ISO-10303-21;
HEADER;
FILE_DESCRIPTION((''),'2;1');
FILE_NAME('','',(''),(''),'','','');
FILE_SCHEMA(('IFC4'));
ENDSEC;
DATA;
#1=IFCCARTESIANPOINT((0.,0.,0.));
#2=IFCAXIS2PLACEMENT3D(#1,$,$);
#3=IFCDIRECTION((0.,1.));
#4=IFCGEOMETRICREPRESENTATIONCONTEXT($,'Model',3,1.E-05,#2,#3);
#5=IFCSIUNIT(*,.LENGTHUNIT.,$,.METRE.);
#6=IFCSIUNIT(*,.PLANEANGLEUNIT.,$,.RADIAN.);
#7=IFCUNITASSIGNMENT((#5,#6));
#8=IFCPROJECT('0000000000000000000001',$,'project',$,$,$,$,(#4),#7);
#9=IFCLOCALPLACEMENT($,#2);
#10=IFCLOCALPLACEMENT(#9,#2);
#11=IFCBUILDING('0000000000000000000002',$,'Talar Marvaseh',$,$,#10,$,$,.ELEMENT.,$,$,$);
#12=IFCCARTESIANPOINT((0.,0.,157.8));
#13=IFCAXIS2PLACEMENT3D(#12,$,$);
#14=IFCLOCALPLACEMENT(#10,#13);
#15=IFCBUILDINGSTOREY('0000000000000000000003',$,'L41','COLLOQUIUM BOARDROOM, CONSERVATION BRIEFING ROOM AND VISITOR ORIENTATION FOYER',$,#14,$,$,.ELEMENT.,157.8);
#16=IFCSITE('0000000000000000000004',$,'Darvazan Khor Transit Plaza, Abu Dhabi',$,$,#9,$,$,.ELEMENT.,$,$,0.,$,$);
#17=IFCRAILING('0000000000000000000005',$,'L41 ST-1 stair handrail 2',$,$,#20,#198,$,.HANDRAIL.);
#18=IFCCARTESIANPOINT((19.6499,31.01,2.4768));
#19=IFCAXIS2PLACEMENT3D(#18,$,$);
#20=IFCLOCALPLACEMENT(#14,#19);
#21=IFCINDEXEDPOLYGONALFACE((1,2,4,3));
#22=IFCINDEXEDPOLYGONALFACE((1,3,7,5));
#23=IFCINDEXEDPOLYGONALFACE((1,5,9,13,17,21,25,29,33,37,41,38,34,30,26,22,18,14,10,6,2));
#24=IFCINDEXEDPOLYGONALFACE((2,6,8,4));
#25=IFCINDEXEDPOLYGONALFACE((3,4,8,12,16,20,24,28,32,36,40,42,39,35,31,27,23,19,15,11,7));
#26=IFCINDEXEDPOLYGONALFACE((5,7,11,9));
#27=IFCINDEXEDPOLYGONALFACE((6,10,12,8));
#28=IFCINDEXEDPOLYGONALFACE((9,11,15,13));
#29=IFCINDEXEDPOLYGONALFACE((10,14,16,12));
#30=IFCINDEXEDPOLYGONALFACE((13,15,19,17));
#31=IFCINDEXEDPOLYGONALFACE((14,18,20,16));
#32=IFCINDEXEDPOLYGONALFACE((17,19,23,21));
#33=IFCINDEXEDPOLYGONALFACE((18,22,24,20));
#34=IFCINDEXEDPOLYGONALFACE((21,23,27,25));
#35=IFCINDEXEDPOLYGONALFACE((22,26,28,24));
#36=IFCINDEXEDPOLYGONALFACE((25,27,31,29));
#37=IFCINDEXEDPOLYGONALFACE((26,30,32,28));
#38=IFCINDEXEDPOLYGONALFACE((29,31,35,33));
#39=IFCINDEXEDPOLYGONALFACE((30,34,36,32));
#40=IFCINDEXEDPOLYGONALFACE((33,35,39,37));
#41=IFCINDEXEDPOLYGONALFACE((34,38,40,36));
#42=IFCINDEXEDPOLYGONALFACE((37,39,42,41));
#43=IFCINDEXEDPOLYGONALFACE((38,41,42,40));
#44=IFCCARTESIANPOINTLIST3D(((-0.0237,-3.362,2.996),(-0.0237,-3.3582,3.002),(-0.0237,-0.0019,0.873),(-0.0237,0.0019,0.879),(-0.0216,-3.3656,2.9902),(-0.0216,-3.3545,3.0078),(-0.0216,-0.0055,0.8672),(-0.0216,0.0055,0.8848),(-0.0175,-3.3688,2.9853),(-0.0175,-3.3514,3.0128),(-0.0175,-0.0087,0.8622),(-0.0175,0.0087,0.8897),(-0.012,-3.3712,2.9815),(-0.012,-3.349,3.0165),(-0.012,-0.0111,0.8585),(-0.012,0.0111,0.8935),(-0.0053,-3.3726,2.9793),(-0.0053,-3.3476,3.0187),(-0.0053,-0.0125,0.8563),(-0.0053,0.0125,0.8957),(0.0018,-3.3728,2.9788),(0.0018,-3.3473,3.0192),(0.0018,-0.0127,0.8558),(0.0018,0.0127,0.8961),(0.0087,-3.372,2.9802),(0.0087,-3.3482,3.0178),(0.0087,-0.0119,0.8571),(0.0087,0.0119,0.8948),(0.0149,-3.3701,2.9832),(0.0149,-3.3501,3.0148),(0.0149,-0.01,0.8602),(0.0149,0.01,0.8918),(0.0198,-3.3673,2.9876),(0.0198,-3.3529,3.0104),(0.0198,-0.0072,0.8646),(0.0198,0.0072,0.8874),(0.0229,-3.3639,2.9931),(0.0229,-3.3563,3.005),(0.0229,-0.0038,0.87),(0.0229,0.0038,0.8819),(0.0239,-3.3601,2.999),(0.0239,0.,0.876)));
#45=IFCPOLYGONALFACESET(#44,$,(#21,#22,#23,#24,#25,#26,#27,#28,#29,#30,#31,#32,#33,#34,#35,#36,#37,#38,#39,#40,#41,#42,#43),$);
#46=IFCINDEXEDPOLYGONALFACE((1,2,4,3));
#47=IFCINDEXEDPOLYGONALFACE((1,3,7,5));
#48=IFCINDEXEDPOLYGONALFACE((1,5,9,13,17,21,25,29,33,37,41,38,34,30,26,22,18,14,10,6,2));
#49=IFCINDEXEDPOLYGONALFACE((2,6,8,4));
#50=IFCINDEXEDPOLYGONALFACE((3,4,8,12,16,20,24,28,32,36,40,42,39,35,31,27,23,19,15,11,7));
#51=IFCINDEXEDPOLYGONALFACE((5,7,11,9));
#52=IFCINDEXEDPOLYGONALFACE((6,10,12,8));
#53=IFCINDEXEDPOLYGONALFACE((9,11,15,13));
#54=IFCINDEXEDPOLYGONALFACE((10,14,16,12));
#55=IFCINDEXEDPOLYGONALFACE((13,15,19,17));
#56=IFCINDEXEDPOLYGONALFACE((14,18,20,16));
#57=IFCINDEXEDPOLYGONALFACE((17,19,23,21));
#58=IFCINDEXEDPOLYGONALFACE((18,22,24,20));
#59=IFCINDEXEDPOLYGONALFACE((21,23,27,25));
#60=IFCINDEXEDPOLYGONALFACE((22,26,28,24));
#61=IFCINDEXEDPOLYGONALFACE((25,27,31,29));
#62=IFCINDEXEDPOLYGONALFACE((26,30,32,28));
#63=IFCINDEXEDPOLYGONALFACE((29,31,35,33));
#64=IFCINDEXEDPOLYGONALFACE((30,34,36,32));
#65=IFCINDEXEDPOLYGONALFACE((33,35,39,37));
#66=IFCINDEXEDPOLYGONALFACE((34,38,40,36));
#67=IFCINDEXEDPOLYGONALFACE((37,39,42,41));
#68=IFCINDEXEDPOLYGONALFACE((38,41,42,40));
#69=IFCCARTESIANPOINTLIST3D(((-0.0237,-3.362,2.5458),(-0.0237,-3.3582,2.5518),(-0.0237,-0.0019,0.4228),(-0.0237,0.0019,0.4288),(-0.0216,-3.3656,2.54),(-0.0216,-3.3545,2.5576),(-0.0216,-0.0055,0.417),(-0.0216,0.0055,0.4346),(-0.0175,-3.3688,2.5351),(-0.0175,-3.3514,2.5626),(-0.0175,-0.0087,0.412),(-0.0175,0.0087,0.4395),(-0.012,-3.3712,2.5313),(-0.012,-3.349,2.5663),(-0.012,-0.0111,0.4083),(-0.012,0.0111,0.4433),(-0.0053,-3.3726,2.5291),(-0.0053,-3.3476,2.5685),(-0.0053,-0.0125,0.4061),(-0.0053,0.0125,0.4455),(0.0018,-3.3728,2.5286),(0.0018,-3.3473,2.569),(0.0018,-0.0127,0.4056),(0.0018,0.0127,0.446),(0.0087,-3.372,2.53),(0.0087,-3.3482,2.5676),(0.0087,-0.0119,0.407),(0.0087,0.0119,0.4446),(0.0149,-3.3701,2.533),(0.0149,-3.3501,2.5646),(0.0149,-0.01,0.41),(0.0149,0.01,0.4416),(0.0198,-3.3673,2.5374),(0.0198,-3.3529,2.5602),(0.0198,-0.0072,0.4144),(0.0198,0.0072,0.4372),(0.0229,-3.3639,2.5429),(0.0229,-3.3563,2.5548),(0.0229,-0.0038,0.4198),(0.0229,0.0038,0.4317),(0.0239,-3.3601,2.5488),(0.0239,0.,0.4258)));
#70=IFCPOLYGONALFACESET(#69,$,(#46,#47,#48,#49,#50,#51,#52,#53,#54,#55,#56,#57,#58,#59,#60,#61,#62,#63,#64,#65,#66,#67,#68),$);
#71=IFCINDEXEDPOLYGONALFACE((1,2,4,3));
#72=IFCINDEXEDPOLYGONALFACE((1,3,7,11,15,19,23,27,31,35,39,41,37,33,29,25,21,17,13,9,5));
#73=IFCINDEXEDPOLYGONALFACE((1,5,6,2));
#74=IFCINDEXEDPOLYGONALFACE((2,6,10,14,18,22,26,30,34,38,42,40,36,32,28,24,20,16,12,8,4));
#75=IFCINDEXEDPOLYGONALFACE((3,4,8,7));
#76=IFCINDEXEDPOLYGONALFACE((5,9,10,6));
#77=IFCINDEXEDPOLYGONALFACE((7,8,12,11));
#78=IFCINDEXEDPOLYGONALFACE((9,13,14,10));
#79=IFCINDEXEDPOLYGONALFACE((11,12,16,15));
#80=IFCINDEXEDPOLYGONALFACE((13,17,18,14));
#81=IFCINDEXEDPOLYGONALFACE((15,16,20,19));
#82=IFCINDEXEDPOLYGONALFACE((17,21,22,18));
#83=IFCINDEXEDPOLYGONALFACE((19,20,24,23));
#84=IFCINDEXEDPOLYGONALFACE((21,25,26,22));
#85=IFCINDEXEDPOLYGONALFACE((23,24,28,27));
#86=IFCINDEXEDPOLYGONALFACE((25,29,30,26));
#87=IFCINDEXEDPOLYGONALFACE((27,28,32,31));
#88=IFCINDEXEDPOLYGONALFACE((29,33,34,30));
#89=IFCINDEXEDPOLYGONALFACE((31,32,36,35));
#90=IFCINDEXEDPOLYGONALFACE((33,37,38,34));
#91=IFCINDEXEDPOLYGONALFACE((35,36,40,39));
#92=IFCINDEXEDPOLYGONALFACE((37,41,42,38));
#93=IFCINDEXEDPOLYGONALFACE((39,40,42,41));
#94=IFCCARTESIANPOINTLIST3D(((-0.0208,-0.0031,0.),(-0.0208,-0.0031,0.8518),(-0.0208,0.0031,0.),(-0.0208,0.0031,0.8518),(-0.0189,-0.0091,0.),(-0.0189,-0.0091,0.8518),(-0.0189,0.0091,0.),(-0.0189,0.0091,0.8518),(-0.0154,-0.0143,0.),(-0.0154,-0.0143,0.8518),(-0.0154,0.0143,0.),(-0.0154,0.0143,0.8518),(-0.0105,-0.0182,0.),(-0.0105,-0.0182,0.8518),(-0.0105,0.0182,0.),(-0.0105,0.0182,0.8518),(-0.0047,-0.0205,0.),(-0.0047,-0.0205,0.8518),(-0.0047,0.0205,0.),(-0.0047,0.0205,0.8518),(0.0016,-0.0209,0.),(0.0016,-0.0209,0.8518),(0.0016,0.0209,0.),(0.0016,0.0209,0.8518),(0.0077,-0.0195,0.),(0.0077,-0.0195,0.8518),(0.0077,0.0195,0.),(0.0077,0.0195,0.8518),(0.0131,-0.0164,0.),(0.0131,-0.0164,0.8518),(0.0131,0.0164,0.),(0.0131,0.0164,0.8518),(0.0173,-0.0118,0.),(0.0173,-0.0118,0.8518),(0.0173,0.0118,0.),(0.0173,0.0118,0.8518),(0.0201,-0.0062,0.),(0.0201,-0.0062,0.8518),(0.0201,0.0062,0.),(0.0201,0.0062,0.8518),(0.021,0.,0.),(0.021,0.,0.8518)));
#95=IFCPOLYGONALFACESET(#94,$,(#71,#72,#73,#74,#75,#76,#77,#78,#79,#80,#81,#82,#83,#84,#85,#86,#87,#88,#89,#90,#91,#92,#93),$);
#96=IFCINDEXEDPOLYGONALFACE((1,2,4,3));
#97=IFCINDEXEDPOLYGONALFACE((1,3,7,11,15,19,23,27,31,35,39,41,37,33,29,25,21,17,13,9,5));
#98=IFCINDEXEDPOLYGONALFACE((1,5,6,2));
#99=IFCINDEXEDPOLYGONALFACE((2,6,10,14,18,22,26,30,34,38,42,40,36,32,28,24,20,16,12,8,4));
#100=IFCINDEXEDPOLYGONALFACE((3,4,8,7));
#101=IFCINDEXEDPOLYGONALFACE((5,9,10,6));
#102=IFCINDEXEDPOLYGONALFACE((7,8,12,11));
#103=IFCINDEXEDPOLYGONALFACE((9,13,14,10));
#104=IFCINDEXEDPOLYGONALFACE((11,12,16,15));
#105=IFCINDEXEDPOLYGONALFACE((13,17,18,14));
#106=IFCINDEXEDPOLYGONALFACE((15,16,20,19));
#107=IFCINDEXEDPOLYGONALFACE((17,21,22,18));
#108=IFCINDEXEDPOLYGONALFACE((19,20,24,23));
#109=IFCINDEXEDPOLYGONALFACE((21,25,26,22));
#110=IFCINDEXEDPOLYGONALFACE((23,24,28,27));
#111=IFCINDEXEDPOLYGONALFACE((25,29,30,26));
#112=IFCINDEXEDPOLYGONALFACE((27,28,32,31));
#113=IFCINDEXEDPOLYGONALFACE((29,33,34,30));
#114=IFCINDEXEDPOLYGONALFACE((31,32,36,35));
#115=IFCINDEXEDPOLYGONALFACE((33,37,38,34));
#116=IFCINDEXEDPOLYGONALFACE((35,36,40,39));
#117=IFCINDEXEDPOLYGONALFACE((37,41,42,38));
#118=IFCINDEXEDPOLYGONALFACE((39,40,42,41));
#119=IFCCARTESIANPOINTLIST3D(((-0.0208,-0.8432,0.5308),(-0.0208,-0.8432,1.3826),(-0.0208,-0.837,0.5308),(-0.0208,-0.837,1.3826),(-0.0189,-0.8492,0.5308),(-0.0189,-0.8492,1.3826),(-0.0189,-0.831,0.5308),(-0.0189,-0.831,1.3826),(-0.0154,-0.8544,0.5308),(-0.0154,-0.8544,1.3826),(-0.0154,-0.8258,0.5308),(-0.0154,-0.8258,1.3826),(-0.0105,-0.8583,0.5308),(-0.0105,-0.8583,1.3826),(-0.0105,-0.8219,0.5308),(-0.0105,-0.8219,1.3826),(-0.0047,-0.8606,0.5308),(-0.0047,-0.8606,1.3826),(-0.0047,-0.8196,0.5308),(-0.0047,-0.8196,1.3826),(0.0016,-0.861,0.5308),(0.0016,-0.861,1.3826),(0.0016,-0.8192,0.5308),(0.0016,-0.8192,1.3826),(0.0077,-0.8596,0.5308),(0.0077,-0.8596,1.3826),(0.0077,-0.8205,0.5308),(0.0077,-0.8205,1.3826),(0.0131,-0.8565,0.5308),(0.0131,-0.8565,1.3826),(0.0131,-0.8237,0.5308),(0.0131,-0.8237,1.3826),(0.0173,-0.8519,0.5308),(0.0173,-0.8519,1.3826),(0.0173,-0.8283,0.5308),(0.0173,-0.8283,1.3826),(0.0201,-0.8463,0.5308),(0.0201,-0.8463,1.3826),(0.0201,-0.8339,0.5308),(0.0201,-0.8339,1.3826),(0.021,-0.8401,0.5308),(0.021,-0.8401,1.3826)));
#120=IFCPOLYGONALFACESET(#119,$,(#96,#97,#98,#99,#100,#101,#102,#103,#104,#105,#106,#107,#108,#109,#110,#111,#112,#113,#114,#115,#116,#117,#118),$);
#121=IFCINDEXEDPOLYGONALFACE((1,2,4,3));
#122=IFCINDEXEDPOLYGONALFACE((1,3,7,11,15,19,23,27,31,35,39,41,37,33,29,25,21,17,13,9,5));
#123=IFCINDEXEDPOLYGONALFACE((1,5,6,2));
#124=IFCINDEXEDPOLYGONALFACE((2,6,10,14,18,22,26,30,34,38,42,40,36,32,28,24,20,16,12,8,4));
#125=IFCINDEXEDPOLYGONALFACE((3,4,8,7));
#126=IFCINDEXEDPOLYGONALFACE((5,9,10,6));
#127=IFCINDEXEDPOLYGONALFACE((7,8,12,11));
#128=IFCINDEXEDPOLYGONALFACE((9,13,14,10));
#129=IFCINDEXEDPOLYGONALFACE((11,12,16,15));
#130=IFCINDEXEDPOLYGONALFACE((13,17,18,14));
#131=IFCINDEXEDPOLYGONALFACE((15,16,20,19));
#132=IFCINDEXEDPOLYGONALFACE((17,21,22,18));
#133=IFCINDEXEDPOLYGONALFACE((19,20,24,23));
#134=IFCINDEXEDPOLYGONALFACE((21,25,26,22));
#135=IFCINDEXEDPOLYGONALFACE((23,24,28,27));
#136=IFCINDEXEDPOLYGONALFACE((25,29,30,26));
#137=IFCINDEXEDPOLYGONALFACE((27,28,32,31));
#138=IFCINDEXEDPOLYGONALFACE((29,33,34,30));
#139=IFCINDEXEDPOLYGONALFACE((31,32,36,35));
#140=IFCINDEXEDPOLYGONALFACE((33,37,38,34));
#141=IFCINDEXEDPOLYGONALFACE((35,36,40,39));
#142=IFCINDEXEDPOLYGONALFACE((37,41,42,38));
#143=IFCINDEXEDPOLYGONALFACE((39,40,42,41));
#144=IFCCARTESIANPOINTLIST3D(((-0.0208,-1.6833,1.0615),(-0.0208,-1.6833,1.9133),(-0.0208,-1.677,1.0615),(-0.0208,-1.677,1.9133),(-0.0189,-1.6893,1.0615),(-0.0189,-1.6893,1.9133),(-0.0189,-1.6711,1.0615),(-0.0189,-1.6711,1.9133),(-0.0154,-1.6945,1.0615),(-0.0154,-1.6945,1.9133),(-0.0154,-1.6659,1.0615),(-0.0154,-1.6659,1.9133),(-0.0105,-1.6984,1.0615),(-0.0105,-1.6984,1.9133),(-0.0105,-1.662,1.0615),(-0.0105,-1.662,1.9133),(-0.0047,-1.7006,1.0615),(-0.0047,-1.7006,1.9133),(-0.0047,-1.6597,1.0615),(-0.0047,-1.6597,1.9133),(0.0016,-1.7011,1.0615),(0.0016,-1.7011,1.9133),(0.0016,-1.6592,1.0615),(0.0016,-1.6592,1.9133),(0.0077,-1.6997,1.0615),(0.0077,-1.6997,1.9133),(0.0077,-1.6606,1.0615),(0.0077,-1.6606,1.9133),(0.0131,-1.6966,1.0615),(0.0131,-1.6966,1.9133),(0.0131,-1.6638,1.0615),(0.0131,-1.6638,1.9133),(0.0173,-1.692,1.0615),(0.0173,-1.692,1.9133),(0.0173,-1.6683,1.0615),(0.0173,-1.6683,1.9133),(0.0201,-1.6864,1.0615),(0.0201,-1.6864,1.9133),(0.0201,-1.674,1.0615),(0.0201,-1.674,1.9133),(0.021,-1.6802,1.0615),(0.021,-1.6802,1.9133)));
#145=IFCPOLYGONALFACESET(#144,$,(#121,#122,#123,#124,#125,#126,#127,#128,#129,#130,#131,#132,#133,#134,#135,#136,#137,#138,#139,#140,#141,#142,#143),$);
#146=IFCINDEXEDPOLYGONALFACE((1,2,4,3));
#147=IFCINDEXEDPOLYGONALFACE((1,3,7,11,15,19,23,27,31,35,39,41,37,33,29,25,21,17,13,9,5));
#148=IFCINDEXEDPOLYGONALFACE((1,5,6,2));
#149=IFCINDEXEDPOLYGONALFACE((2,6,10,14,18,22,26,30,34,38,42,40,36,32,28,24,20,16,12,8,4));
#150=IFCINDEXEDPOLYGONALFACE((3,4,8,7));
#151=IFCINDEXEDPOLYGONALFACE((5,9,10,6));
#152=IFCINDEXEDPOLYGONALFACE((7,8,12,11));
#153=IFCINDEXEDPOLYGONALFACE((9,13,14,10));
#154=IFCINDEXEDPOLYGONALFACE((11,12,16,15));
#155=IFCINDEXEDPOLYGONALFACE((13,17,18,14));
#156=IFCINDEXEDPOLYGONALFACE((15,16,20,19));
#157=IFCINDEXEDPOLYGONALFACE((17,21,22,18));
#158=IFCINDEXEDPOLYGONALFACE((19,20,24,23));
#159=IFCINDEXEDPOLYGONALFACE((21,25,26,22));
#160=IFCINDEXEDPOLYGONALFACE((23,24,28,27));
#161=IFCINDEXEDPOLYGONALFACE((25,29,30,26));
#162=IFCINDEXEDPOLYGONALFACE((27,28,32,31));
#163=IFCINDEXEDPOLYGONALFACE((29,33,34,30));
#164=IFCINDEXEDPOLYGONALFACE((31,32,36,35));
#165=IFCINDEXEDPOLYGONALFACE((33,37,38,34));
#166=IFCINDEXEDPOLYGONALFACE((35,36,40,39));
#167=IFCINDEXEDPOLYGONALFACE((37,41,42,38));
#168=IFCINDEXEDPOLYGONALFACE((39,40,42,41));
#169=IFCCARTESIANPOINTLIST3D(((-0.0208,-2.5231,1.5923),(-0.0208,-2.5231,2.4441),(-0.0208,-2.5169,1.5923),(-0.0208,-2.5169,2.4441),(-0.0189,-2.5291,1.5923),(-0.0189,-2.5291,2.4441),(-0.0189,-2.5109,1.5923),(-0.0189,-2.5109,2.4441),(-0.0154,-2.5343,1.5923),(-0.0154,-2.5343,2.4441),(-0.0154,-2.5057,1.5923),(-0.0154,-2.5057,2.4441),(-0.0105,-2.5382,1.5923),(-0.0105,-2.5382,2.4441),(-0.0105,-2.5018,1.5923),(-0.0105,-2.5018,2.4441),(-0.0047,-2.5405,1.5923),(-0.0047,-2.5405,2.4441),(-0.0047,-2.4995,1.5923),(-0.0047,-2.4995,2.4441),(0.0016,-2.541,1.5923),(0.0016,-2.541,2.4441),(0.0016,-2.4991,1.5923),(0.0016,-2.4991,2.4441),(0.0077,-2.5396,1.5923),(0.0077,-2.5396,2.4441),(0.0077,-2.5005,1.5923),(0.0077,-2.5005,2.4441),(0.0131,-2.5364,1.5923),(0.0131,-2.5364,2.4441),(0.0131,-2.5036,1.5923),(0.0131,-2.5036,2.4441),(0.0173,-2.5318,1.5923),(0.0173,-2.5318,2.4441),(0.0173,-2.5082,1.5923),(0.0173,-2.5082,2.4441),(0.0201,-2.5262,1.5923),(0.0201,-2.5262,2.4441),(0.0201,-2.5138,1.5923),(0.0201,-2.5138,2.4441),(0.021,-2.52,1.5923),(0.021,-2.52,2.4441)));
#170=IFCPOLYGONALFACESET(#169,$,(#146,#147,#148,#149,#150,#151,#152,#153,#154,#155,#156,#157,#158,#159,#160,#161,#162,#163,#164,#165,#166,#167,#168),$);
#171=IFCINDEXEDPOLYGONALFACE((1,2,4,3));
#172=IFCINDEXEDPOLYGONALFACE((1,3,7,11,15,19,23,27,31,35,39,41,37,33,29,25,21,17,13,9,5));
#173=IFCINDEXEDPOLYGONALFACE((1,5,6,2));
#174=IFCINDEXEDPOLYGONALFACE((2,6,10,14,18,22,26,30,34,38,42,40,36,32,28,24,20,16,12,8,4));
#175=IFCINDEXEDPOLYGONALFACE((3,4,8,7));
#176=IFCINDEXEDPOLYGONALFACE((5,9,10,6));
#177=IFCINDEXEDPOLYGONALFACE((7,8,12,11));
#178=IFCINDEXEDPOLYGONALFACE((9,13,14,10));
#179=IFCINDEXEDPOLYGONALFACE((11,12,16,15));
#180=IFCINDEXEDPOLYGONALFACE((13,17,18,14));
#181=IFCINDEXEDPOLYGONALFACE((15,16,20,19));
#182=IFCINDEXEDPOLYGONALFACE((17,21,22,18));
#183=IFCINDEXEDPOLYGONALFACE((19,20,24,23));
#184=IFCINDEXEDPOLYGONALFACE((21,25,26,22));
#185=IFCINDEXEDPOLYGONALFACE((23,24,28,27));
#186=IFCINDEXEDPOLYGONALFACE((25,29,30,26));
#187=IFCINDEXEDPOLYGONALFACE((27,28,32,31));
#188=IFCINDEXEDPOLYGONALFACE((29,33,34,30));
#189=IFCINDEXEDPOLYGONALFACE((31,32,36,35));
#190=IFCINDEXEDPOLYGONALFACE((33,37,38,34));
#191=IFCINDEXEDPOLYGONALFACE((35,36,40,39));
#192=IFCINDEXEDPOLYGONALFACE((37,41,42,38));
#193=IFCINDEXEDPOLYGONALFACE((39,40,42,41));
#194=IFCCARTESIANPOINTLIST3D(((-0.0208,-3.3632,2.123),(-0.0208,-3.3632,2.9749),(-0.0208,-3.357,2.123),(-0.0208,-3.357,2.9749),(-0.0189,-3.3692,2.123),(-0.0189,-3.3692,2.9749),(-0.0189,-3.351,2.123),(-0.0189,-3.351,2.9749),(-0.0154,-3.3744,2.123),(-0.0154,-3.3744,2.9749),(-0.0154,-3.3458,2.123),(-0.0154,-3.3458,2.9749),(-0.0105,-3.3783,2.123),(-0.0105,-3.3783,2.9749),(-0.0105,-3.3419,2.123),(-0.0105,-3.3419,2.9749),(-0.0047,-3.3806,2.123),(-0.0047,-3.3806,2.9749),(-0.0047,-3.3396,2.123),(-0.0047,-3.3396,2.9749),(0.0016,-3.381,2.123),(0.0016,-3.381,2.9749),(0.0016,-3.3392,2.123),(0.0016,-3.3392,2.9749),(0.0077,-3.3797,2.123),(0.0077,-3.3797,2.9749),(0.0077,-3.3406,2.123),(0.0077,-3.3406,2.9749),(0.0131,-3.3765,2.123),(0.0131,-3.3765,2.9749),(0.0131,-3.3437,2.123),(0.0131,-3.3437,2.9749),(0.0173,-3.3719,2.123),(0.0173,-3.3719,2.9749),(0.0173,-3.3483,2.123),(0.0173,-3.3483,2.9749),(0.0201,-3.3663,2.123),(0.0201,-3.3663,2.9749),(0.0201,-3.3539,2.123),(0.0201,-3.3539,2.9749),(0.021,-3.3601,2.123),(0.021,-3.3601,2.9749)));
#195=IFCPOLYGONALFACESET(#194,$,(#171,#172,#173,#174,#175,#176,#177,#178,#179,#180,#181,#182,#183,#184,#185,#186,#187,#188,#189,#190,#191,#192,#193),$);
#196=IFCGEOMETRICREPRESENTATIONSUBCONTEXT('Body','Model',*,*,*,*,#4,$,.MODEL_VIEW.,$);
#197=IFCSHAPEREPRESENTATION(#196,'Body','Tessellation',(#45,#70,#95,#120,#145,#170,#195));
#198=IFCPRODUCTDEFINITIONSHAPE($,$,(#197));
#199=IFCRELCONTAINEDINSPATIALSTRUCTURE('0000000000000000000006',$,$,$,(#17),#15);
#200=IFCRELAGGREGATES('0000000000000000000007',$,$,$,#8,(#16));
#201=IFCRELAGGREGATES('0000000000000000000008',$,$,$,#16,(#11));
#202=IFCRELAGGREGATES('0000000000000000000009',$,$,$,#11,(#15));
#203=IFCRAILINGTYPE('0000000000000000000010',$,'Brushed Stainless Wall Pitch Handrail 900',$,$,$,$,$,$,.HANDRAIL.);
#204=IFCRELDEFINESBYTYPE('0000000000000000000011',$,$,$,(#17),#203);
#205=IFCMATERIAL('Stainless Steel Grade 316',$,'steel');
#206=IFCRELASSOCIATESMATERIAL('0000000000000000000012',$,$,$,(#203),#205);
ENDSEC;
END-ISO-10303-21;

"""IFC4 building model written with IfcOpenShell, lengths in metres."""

from ifc_helpers import new_model, si_unit, direction, frame, origin, origin_2d, place, context, subcontext, project, spatial, circle, extrude, material, type_object, element, save


model = new_model("IFC4")

# Units and contexts
model_context = context("Model", 3, precision=1e-05, world=origin(), true_north=direction((0.0, 1.0)))
body_context = subcontext(model_context, "Body", "Model", "MODEL_VIEW")
ifc_project = project(units=[si_unit("LENGTHUNIT", "METRE"), si_unit("PLANEANGLEUNIT", "RADIAN")], contexts=[model_context])

# Site, building, storey
site_placement = place(None, origin())
site = spatial("IfcSite", under=ifc_project, at=site_placement, Name="Darvazan Khor Transit Plaza, Abu Dhabi", CompositionType="ELEMENT", RefElevation=0.0)
building_placement = place(site_placement, origin())
building = spatial("IfcBuilding", under=site, at=building_placement, Name="Talar Marvaseh", CompositionType="ELEMENT")
storey_placement = place(building_placement, frame((0.0, 0.0, 157.8)))
storey = spatial("IfcBuildingStorey", under=building, at=storey_placement, Name="L41", Description="COLLOQUIUM BOARDROOM, CONSERVATION BRIEFING ROOM AND VISITOR ORIENTATION FOYER", CompositionType="ELEMENT", Elevation=157.8)

# Shared definitions
ifc_material_1 = material(Name="Stainless Steel Grade 316", Category="steel")

# Railing
railing_type_1 = type_object("IfcRailingType", Name="Brushed Stainless Wall Pitch Handrail 900", PredefinedType="HANDRAIL", material=ifc_material_1)
railing_1_placement = place(storey_placement, frame((19.6499, 31.01, 2.4768)))
element("IfcRailing", 1, at=railing_1_placement, inside=storey, type_object=railing_type_1, Name="L41 ST-1 stair handrail 2", PredefinedType="HANDRAIL", context=body_context, shape_type="SweptSolid", body=[
    extrude(circle(Radius=0.0239, at=origin_2d()), frame((0.0, 0.0, 0.876), z_axis=(0.0, -0.84539, 0.53415), x_axis=(1.0, 0.0, 0.0)), (0.0, 0.0, 1.0), 3.9746),
    extrude(circle(Radius=0.0239, at=origin_2d()), frame((0.0, 0.0, 0.4258), z_axis=(0.0, -0.84539, 0.53415), x_axis=(1.0, 0.0, 0.0)), (0.0, 0.0, 1.0), 3.9746),
    extrude(circle(Radius=0.021, at=origin_2d()), origin(), (0.0, 0.0, 1.0), 0.8518),
    extrude(circle(Radius=0.021, at=origin_2d()), frame((0.0, -0.8401, 0.5308)), (0.0, 0.0, 1.0), 0.8518),
    extrude(circle(Radius=0.021, at=origin_2d()), frame((0.0, -1.6802, 1.0615)), (0.0, 0.0, 1.0), 0.8518),
    extrude(circle(Radius=0.021, at=origin_2d()), frame((0.0, -2.52, 1.5923)), (0.0, 0.0, 1.0), 0.8518),
    extrude(circle(Radius=0.021, at=origin_2d()), frame((0.0, -3.3601, 2.123)), (0.0, 0.0, 1.0), 0.8518),
])

save(model, "model.ifc")
